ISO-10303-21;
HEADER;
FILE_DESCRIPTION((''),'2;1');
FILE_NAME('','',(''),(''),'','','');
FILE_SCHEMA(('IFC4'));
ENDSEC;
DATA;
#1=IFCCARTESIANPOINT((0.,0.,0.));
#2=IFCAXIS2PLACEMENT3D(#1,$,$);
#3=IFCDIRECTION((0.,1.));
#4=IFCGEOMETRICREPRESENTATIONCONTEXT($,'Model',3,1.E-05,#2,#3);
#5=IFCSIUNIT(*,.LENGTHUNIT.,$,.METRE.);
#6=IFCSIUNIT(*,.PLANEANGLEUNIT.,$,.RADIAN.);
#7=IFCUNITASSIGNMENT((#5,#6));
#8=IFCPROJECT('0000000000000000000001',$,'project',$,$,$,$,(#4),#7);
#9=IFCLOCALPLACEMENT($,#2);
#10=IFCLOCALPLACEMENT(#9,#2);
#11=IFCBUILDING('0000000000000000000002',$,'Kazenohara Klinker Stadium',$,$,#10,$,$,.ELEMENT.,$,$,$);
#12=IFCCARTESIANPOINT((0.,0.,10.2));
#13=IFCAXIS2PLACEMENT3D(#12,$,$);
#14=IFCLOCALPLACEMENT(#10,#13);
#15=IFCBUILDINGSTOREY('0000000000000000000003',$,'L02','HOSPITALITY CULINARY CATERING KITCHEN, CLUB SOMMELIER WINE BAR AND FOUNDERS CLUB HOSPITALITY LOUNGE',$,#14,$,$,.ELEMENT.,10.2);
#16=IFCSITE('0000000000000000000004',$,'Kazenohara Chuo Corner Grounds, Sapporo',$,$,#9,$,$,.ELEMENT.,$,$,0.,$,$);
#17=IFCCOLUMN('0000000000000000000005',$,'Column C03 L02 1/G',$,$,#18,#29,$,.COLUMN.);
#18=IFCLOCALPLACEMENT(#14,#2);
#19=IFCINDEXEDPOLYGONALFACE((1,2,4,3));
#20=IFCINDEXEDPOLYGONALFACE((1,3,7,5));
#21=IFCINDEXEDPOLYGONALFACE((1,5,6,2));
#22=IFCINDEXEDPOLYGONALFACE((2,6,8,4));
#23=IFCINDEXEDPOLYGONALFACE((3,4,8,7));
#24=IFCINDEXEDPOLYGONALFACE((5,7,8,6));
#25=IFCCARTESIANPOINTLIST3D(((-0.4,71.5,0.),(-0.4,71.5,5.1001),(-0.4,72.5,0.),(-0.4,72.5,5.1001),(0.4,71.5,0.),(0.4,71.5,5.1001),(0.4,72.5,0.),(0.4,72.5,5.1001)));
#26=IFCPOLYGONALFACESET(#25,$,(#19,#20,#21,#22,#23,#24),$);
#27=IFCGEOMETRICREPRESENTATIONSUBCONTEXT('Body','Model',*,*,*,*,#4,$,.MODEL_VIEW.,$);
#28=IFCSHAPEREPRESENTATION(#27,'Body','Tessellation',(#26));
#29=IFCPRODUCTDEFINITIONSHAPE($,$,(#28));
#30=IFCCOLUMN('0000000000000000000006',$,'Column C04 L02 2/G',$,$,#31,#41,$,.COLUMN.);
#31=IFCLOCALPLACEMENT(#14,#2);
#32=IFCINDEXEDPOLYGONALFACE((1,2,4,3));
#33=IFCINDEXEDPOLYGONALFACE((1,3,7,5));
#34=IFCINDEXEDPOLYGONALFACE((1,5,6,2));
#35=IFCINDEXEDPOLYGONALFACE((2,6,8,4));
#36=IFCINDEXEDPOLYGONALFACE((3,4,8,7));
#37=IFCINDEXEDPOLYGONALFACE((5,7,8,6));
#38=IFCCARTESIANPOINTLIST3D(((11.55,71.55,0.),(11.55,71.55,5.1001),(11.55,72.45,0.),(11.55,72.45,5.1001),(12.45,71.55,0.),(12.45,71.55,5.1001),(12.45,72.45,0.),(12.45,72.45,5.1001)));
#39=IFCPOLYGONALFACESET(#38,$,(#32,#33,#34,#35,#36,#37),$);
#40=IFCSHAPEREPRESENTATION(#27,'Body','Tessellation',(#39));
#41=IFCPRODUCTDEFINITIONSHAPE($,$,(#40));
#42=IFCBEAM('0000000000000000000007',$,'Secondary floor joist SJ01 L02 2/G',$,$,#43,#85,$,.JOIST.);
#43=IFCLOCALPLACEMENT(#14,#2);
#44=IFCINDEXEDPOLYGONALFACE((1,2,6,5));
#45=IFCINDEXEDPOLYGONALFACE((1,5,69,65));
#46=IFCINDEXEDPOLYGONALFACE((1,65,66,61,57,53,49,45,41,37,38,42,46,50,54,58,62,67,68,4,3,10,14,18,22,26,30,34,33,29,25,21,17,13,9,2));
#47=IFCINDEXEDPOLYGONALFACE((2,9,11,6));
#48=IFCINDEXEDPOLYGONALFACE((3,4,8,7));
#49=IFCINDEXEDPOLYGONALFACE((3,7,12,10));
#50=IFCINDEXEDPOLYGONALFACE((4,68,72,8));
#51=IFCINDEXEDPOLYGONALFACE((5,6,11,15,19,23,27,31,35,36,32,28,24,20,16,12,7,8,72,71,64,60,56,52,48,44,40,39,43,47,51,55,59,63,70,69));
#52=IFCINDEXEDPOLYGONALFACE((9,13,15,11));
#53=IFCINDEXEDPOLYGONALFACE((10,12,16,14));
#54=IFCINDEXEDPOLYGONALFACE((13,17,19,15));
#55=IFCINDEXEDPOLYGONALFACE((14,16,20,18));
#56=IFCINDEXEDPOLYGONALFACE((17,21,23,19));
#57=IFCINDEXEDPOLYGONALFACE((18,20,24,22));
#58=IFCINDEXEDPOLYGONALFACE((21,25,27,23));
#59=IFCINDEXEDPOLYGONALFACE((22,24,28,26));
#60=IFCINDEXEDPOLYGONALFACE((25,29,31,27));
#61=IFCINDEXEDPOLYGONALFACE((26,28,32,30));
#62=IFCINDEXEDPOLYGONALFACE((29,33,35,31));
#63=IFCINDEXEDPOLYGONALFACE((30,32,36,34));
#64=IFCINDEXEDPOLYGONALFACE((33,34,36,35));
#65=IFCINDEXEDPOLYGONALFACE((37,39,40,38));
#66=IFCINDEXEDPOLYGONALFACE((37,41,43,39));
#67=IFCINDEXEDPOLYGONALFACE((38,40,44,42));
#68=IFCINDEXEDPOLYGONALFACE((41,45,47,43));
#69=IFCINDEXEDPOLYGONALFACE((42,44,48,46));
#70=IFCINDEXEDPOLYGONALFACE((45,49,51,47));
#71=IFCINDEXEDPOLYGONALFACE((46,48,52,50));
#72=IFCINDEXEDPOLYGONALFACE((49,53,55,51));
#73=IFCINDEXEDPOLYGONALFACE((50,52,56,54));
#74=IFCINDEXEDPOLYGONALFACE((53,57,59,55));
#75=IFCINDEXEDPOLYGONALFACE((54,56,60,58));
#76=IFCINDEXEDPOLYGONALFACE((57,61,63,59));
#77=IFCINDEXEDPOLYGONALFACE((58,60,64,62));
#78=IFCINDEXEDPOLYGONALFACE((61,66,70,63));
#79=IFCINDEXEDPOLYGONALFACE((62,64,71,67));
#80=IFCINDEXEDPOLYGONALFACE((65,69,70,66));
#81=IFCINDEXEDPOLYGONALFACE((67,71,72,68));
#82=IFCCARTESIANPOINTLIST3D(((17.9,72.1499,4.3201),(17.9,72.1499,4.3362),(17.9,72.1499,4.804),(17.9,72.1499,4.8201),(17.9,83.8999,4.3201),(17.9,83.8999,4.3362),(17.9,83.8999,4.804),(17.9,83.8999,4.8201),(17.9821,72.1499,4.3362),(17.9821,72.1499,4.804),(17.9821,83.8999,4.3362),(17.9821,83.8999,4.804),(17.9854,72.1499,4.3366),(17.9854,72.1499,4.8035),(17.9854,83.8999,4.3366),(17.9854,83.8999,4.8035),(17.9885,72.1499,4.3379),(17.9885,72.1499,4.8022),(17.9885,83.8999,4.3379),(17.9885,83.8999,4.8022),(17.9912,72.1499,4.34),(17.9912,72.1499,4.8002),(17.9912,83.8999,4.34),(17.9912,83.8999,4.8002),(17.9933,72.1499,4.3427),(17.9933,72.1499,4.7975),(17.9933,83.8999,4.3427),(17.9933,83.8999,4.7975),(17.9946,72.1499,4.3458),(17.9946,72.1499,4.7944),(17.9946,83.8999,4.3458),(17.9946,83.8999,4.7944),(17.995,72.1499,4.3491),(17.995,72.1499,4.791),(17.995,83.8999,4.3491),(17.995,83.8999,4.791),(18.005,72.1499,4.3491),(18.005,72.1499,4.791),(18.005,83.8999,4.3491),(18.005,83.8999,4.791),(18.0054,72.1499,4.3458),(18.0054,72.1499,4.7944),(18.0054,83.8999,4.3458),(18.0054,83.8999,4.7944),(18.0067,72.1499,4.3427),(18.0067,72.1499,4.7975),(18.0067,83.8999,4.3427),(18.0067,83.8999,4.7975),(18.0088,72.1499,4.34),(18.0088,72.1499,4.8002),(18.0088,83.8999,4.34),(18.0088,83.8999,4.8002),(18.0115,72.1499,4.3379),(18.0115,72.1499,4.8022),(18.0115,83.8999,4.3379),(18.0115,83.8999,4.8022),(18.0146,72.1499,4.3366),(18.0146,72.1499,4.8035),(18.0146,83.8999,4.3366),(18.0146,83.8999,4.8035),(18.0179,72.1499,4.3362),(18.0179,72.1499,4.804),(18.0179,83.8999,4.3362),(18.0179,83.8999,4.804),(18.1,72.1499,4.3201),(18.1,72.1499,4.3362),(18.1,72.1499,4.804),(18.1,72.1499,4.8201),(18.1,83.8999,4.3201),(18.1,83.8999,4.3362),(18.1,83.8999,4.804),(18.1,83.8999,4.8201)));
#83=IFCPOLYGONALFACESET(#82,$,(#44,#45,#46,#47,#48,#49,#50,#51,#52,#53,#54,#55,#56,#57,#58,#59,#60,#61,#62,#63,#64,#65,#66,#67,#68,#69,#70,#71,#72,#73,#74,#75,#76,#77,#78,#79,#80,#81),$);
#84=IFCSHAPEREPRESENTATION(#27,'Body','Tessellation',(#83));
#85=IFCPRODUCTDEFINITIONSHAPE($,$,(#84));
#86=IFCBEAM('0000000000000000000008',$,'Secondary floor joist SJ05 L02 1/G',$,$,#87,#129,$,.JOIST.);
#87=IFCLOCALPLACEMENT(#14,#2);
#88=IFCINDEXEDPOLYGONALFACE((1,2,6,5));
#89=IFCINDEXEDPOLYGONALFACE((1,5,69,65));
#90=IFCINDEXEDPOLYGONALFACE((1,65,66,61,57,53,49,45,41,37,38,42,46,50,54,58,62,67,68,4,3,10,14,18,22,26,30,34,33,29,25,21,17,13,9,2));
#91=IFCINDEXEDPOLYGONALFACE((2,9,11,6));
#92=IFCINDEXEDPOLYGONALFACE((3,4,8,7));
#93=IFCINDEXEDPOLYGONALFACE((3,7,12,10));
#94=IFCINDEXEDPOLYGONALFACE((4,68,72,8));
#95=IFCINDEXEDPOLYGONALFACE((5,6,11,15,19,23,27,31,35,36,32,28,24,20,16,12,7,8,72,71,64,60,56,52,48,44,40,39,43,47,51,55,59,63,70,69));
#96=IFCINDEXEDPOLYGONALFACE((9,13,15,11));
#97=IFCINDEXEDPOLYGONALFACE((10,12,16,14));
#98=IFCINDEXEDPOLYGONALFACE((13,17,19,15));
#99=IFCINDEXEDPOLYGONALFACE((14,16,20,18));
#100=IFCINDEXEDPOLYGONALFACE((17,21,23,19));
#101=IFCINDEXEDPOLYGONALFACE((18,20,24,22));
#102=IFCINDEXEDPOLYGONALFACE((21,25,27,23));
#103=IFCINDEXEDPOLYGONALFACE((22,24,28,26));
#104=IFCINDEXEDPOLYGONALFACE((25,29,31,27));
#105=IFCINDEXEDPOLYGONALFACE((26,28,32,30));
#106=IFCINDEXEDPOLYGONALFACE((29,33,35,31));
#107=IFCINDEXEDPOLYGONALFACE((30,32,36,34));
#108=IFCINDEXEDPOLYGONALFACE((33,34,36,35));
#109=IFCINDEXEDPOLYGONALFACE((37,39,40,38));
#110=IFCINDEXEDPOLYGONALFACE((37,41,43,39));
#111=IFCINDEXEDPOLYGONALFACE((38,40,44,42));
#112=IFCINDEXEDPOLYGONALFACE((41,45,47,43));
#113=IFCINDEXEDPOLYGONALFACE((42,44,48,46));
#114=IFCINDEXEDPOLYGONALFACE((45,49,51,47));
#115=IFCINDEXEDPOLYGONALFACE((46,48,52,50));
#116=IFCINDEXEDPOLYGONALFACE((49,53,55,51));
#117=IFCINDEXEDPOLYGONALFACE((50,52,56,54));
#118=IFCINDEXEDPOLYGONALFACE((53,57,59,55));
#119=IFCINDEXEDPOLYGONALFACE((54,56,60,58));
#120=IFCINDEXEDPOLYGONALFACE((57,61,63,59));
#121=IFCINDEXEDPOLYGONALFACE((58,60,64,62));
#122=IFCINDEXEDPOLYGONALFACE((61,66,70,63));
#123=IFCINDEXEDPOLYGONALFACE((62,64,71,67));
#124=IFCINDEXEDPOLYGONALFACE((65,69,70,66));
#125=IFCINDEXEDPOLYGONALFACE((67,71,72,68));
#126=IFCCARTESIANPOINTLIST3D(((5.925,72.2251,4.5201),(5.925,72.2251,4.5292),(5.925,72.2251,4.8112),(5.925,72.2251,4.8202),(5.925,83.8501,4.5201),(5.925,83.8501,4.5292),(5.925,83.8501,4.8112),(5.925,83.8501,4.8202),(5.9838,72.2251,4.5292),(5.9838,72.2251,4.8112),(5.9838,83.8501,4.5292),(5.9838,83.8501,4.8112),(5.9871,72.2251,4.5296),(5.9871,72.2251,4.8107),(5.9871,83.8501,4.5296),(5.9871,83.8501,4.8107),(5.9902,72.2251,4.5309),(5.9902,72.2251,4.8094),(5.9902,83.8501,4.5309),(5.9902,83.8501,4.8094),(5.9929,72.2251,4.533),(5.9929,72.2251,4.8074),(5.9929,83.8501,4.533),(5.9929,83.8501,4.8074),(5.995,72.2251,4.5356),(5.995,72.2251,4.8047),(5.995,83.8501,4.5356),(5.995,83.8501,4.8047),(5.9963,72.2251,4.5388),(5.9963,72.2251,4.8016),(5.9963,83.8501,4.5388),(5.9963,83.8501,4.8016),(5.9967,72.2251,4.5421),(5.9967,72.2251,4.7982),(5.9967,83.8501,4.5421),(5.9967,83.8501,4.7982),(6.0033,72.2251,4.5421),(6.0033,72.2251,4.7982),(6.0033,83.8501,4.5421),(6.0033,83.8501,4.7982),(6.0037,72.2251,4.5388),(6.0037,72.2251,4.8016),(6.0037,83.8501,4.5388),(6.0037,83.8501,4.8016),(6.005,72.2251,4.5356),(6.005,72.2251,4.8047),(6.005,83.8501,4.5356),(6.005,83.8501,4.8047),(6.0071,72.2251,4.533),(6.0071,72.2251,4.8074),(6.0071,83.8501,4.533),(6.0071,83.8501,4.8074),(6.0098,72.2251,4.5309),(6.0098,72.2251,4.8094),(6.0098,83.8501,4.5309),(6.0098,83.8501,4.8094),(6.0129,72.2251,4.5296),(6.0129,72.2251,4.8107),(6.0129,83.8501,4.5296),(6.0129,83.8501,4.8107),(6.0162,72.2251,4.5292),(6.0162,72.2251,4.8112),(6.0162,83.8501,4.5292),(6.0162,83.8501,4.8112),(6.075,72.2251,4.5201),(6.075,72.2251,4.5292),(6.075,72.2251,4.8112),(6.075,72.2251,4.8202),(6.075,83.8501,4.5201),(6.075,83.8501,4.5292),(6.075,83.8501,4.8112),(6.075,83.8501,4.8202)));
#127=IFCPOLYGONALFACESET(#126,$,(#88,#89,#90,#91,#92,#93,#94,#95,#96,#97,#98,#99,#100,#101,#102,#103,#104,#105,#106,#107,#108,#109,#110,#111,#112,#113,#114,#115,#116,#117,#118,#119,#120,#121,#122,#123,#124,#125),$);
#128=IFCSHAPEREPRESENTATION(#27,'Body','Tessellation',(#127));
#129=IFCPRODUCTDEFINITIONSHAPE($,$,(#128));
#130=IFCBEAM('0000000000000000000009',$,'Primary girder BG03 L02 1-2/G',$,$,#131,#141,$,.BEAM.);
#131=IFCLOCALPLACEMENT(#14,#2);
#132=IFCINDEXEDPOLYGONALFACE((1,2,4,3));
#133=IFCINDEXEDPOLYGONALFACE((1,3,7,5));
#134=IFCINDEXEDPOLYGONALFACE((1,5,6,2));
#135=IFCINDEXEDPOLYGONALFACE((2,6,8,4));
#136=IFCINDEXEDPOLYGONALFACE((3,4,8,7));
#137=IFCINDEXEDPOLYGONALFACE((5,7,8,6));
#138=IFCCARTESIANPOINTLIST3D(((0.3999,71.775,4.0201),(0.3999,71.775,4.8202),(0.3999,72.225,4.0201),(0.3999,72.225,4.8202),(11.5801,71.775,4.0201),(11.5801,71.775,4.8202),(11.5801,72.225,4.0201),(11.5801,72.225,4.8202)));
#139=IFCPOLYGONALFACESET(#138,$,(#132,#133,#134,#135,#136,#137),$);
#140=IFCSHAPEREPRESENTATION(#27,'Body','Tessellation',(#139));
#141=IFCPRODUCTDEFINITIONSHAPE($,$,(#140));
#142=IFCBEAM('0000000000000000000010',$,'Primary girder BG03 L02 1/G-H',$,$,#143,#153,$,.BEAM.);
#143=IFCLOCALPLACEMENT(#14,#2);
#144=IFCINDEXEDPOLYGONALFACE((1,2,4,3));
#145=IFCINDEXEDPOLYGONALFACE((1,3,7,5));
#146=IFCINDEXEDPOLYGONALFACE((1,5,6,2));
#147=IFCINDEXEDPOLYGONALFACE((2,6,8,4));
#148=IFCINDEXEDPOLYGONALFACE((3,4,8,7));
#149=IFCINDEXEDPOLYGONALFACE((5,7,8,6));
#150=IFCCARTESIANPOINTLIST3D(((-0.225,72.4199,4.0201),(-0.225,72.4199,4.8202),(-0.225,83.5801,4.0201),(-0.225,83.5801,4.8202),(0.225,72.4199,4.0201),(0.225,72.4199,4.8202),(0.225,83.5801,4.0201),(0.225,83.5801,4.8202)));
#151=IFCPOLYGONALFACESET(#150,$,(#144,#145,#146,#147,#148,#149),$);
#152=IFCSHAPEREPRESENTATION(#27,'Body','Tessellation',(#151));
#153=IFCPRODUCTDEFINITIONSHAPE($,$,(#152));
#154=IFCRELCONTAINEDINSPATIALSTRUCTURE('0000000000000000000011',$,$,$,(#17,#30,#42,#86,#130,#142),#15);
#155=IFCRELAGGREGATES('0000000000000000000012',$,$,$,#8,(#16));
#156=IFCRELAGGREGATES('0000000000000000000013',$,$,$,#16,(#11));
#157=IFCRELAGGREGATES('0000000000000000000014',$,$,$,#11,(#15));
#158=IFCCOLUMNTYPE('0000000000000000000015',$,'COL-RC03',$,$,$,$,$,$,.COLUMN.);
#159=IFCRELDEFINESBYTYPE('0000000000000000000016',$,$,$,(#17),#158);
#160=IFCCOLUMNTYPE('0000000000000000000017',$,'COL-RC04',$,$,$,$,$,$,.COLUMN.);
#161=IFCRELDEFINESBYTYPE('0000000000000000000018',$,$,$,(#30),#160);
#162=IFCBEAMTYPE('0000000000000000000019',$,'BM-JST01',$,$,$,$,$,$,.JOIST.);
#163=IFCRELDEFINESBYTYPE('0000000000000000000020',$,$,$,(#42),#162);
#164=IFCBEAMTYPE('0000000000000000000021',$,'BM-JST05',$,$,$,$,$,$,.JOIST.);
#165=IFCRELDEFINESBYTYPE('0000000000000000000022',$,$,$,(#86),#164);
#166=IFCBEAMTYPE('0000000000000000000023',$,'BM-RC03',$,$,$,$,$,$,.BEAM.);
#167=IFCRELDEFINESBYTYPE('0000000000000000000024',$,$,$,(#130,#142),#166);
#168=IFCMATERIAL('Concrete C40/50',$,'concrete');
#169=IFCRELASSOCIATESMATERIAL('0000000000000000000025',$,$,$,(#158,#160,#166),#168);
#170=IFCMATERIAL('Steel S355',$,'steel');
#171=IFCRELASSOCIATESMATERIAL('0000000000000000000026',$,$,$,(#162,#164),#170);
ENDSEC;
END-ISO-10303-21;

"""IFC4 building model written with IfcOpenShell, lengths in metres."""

from ifc_helpers import new_model, si_unit, direction, frame, origin, origin_2d, place, context, subcontext, project, spatial, rectangle, i_section, extrude, material, material_profile, profile_set, type_object, element, save


model = new_model("IFC4")

# Units and contexts
model_context = context("Model", 3, precision=1e-05, world=origin(), true_north=direction((0.0, 1.0)))
body_context = subcontext(model_context, "Body", "Model", "MODEL_VIEW")
ifc_project = project(units=[si_unit("LENGTHUNIT", "METRE"), si_unit("PLANEANGLEUNIT", "RADIAN")], contexts=[model_context])

# Site, building, storey
site_placement = place(None, origin())
site = spatial("IfcSite", under=ifc_project, at=site_placement, Name="Kazenohara Chuo Corner Grounds, Sapporo", CompositionType="ELEMENT", RefElevation=0.0)
building_placement = place(site_placement, origin())
building = spatial("IfcBuilding", under=site, at=building_placement, Name="Kazenohara Klinker Stadium", CompositionType="ELEMENT")
storey_placement = place(building_placement, frame((0.0, 0.0, 10.2)))
storey = spatial("IfcBuildingStorey", under=building, at=storey_placement, Name="L02", Description="HOSPITALITY CULINARY CATERING KITCHEN, CLUB SOMMELIER WINE BAR AND FOUNDERS CLUB HOSPITALITY LOUNGE", CompositionType="ELEMENT", Elevation=10.2)

# Columns
ifc_material_1 = material(Name="Concrete C40/50", Category="concrete")
ifc_material_profile_1 = material_profile(ifc_material_1, rectangle(XDim=0.8, YDim=1.0, at=origin_2d()), Name="RC-COL-1000x800")
ifc_profile_set_1 = profile_set([ifc_material_profile_1], Name="Concrete C40/50")
column_type_1 = type_object("IfcColumnType", Name="COL-RC03", PredefinedType="COLUMN", material=ifc_profile_set_1)
column_1_placement = place(storey_placement, frame((0.0, 72.0, 0.0), z_axis=(0.0, 0.0, 1.0), x_axis=(1.0, 0.0, 0.0)))
element("IfcColumn", 1, at=column_1_placement, inside=storey, type_object=column_type_1, Name="Column C03 L02 1/G", PredefinedType="COLUMN", context=body_context, shape_type="SweptSolid", body=[
    extrude(rectangle(XDim=0.8, YDim=1.0, at=origin_2d()), origin(), (0.0, 0.0, 1.0), 5.1001),
])
ifc_material_profile_2 = material_profile(ifc_material_1, rectangle(XDim=0.8999, YDim=0.8999, at=origin_2d()), Name="RC-COL-900x900")
ifc_profile_set_2 = profile_set([ifc_material_profile_2], Name="Concrete C40/50")
column_type_2 = type_object("IfcColumnType", Name="COL-RC04", PredefinedType="COLUMN", material=ifc_profile_set_2)
column_2_placement = place(storey_placement, frame((12.0, 72.0, 0.0), z_axis=(0.0, 0.0, 1.0), x_axis=(1.0, 0.0, 0.0)))
element("IfcColumn", 2, at=column_2_placement, inside=storey, type_object=column_type_2, Name="Column C04 L02 2/G", PredefinedType="COLUMN", context=body_context, shape_type="SweptSolid", body=[
    extrude(rectangle(XDim=0.8999, YDim=0.8999, at=origin_2d()), origin(), (0.0, 0.0, 1.0), 5.1001),
])

# Beams
ifc_material_2 = material(Name="Steel S355", Category="steel")
ifc_material_profile_3 = material_profile(ifc_material_2, i_section(OverallWidth=0.2, OverallDepth=0.5, WebThickness=0.01, FlangeThickness=0.0161, FilletRadius=0.0129, at=origin_2d()), Name="H-500x200x10x16")
ifc_profile_set_3 = profile_set([ifc_material_profile_3], Name="Steel S355")
beam_type_1 = type_object("IfcBeamType", Name="BM-JST01", PredefinedType="JOIST", material=ifc_profile_set_3)
beam_1_placement = place(storey_placement, frame((18.0, 72.1499, 4.5701), z_axis=(0.0, 1.0, 0.0), x_axis=(-1.0, 0.0, 0.0)))
element("IfcBeam", 3, at=beam_1_placement, inside=storey, type_object=beam_type_1, Name="Secondary floor joist SJ01 L02 2/G", PredefinedType="JOIST", context=body_context, shape_type="SweptSolid", body=[
    extrude(i_section(OverallWidth=0.2, OverallDepth=0.5, WebThickness=0.01, FlangeThickness=0.0161, FilletRadius=0.0129, at=origin_2d()), origin(), (0.0, 0.0, 1.0), 11.75),
])
ifc_material_profile_4 = material_profile(ifc_material_2, i_section(OverallWidth=0.1499, OverallDepth=0.3, WebThickness=0.0066, FlangeThickness=0.009, FilletRadius=0.0129, at=origin_2d()), Name="H-300x150x6.5x9")
ifc_profile_set_4 = profile_set([ifc_material_profile_4], Name="Steel S355")
beam_type_2 = type_object("IfcBeamType", Name="BM-JST05", PredefinedType="JOIST", material=ifc_profile_set_4)
beam_2_placement = place(storey_placement, frame((6.0, 72.2251, 4.6702), z_axis=(0.0, 1.0, 0.0), x_axis=(-1.0, 0.0, 0.0)))
element("IfcBeam", 4, at=beam_2_placement, inside=storey, type_object=beam_type_2, Name="Secondary floor joist SJ05 L02 1/G", PredefinedType="JOIST", context=body_context, shape_type="SweptSolid", body=[
    extrude(i_section(OverallWidth=0.1499, OverallDepth=0.3, WebThickness=0.0066, FlangeThickness=0.009, FilletRadius=0.0129, at=origin_2d()), origin(), (0.0, 0.0, 1.0), 11.625),
])
ifc_material_profile_5 = material_profile(ifc_material_1, rectangle(XDim=0.45, YDim=0.8, at=origin_2d()), Name="RC-BM-450x800")
ifc_profile_set_5 = profile_set([ifc_material_profile_5], Name="Concrete C40/50")
beam_type_3 = type_object("IfcBeamType", Name="BM-RC03", PredefinedType="BEAM", material=ifc_profile_set_5)
beam_3_placement = place(storey_placement, frame((0.3999, 72.0, 4.4202), z_axis=(1.0, 0.0, 0.0), x_axis=(0.0, 1.0, 0.0)))
element("IfcBeam", 5, at=beam_3_placement, inside=storey, type_object=beam_type_3, Name="Primary girder BG03 L02 1-2/G", PredefinedType="BEAM", context=body_context, shape_type="SweptSolid", body=[
    extrude(rectangle(XDim=0.45, YDim=0.8, at=origin_2d()), origin(), (0.0, 0.0, 1.0), 11.1802),
])
beam_4_placement = place(storey_placement, frame((0.0, 72.4199, 4.4202), z_axis=(0.0, 1.0, 0.0), x_axis=(-1.0, 0.0, 0.0)))
element("IfcBeam", 6, at=beam_4_placement, inside=storey, type_object=beam_type_3, Name="Primary girder BG03 L02 1/G-H", PredefinedType="BEAM", context=body_context, shape_type="SweptSolid", body=[
    extrude(rectangle(XDim=0.45, YDim=0.8, at=origin_2d()), origin(), (0.0, 0.0, 1.0), 11.1602),
])

save(model, "model.ifc")
